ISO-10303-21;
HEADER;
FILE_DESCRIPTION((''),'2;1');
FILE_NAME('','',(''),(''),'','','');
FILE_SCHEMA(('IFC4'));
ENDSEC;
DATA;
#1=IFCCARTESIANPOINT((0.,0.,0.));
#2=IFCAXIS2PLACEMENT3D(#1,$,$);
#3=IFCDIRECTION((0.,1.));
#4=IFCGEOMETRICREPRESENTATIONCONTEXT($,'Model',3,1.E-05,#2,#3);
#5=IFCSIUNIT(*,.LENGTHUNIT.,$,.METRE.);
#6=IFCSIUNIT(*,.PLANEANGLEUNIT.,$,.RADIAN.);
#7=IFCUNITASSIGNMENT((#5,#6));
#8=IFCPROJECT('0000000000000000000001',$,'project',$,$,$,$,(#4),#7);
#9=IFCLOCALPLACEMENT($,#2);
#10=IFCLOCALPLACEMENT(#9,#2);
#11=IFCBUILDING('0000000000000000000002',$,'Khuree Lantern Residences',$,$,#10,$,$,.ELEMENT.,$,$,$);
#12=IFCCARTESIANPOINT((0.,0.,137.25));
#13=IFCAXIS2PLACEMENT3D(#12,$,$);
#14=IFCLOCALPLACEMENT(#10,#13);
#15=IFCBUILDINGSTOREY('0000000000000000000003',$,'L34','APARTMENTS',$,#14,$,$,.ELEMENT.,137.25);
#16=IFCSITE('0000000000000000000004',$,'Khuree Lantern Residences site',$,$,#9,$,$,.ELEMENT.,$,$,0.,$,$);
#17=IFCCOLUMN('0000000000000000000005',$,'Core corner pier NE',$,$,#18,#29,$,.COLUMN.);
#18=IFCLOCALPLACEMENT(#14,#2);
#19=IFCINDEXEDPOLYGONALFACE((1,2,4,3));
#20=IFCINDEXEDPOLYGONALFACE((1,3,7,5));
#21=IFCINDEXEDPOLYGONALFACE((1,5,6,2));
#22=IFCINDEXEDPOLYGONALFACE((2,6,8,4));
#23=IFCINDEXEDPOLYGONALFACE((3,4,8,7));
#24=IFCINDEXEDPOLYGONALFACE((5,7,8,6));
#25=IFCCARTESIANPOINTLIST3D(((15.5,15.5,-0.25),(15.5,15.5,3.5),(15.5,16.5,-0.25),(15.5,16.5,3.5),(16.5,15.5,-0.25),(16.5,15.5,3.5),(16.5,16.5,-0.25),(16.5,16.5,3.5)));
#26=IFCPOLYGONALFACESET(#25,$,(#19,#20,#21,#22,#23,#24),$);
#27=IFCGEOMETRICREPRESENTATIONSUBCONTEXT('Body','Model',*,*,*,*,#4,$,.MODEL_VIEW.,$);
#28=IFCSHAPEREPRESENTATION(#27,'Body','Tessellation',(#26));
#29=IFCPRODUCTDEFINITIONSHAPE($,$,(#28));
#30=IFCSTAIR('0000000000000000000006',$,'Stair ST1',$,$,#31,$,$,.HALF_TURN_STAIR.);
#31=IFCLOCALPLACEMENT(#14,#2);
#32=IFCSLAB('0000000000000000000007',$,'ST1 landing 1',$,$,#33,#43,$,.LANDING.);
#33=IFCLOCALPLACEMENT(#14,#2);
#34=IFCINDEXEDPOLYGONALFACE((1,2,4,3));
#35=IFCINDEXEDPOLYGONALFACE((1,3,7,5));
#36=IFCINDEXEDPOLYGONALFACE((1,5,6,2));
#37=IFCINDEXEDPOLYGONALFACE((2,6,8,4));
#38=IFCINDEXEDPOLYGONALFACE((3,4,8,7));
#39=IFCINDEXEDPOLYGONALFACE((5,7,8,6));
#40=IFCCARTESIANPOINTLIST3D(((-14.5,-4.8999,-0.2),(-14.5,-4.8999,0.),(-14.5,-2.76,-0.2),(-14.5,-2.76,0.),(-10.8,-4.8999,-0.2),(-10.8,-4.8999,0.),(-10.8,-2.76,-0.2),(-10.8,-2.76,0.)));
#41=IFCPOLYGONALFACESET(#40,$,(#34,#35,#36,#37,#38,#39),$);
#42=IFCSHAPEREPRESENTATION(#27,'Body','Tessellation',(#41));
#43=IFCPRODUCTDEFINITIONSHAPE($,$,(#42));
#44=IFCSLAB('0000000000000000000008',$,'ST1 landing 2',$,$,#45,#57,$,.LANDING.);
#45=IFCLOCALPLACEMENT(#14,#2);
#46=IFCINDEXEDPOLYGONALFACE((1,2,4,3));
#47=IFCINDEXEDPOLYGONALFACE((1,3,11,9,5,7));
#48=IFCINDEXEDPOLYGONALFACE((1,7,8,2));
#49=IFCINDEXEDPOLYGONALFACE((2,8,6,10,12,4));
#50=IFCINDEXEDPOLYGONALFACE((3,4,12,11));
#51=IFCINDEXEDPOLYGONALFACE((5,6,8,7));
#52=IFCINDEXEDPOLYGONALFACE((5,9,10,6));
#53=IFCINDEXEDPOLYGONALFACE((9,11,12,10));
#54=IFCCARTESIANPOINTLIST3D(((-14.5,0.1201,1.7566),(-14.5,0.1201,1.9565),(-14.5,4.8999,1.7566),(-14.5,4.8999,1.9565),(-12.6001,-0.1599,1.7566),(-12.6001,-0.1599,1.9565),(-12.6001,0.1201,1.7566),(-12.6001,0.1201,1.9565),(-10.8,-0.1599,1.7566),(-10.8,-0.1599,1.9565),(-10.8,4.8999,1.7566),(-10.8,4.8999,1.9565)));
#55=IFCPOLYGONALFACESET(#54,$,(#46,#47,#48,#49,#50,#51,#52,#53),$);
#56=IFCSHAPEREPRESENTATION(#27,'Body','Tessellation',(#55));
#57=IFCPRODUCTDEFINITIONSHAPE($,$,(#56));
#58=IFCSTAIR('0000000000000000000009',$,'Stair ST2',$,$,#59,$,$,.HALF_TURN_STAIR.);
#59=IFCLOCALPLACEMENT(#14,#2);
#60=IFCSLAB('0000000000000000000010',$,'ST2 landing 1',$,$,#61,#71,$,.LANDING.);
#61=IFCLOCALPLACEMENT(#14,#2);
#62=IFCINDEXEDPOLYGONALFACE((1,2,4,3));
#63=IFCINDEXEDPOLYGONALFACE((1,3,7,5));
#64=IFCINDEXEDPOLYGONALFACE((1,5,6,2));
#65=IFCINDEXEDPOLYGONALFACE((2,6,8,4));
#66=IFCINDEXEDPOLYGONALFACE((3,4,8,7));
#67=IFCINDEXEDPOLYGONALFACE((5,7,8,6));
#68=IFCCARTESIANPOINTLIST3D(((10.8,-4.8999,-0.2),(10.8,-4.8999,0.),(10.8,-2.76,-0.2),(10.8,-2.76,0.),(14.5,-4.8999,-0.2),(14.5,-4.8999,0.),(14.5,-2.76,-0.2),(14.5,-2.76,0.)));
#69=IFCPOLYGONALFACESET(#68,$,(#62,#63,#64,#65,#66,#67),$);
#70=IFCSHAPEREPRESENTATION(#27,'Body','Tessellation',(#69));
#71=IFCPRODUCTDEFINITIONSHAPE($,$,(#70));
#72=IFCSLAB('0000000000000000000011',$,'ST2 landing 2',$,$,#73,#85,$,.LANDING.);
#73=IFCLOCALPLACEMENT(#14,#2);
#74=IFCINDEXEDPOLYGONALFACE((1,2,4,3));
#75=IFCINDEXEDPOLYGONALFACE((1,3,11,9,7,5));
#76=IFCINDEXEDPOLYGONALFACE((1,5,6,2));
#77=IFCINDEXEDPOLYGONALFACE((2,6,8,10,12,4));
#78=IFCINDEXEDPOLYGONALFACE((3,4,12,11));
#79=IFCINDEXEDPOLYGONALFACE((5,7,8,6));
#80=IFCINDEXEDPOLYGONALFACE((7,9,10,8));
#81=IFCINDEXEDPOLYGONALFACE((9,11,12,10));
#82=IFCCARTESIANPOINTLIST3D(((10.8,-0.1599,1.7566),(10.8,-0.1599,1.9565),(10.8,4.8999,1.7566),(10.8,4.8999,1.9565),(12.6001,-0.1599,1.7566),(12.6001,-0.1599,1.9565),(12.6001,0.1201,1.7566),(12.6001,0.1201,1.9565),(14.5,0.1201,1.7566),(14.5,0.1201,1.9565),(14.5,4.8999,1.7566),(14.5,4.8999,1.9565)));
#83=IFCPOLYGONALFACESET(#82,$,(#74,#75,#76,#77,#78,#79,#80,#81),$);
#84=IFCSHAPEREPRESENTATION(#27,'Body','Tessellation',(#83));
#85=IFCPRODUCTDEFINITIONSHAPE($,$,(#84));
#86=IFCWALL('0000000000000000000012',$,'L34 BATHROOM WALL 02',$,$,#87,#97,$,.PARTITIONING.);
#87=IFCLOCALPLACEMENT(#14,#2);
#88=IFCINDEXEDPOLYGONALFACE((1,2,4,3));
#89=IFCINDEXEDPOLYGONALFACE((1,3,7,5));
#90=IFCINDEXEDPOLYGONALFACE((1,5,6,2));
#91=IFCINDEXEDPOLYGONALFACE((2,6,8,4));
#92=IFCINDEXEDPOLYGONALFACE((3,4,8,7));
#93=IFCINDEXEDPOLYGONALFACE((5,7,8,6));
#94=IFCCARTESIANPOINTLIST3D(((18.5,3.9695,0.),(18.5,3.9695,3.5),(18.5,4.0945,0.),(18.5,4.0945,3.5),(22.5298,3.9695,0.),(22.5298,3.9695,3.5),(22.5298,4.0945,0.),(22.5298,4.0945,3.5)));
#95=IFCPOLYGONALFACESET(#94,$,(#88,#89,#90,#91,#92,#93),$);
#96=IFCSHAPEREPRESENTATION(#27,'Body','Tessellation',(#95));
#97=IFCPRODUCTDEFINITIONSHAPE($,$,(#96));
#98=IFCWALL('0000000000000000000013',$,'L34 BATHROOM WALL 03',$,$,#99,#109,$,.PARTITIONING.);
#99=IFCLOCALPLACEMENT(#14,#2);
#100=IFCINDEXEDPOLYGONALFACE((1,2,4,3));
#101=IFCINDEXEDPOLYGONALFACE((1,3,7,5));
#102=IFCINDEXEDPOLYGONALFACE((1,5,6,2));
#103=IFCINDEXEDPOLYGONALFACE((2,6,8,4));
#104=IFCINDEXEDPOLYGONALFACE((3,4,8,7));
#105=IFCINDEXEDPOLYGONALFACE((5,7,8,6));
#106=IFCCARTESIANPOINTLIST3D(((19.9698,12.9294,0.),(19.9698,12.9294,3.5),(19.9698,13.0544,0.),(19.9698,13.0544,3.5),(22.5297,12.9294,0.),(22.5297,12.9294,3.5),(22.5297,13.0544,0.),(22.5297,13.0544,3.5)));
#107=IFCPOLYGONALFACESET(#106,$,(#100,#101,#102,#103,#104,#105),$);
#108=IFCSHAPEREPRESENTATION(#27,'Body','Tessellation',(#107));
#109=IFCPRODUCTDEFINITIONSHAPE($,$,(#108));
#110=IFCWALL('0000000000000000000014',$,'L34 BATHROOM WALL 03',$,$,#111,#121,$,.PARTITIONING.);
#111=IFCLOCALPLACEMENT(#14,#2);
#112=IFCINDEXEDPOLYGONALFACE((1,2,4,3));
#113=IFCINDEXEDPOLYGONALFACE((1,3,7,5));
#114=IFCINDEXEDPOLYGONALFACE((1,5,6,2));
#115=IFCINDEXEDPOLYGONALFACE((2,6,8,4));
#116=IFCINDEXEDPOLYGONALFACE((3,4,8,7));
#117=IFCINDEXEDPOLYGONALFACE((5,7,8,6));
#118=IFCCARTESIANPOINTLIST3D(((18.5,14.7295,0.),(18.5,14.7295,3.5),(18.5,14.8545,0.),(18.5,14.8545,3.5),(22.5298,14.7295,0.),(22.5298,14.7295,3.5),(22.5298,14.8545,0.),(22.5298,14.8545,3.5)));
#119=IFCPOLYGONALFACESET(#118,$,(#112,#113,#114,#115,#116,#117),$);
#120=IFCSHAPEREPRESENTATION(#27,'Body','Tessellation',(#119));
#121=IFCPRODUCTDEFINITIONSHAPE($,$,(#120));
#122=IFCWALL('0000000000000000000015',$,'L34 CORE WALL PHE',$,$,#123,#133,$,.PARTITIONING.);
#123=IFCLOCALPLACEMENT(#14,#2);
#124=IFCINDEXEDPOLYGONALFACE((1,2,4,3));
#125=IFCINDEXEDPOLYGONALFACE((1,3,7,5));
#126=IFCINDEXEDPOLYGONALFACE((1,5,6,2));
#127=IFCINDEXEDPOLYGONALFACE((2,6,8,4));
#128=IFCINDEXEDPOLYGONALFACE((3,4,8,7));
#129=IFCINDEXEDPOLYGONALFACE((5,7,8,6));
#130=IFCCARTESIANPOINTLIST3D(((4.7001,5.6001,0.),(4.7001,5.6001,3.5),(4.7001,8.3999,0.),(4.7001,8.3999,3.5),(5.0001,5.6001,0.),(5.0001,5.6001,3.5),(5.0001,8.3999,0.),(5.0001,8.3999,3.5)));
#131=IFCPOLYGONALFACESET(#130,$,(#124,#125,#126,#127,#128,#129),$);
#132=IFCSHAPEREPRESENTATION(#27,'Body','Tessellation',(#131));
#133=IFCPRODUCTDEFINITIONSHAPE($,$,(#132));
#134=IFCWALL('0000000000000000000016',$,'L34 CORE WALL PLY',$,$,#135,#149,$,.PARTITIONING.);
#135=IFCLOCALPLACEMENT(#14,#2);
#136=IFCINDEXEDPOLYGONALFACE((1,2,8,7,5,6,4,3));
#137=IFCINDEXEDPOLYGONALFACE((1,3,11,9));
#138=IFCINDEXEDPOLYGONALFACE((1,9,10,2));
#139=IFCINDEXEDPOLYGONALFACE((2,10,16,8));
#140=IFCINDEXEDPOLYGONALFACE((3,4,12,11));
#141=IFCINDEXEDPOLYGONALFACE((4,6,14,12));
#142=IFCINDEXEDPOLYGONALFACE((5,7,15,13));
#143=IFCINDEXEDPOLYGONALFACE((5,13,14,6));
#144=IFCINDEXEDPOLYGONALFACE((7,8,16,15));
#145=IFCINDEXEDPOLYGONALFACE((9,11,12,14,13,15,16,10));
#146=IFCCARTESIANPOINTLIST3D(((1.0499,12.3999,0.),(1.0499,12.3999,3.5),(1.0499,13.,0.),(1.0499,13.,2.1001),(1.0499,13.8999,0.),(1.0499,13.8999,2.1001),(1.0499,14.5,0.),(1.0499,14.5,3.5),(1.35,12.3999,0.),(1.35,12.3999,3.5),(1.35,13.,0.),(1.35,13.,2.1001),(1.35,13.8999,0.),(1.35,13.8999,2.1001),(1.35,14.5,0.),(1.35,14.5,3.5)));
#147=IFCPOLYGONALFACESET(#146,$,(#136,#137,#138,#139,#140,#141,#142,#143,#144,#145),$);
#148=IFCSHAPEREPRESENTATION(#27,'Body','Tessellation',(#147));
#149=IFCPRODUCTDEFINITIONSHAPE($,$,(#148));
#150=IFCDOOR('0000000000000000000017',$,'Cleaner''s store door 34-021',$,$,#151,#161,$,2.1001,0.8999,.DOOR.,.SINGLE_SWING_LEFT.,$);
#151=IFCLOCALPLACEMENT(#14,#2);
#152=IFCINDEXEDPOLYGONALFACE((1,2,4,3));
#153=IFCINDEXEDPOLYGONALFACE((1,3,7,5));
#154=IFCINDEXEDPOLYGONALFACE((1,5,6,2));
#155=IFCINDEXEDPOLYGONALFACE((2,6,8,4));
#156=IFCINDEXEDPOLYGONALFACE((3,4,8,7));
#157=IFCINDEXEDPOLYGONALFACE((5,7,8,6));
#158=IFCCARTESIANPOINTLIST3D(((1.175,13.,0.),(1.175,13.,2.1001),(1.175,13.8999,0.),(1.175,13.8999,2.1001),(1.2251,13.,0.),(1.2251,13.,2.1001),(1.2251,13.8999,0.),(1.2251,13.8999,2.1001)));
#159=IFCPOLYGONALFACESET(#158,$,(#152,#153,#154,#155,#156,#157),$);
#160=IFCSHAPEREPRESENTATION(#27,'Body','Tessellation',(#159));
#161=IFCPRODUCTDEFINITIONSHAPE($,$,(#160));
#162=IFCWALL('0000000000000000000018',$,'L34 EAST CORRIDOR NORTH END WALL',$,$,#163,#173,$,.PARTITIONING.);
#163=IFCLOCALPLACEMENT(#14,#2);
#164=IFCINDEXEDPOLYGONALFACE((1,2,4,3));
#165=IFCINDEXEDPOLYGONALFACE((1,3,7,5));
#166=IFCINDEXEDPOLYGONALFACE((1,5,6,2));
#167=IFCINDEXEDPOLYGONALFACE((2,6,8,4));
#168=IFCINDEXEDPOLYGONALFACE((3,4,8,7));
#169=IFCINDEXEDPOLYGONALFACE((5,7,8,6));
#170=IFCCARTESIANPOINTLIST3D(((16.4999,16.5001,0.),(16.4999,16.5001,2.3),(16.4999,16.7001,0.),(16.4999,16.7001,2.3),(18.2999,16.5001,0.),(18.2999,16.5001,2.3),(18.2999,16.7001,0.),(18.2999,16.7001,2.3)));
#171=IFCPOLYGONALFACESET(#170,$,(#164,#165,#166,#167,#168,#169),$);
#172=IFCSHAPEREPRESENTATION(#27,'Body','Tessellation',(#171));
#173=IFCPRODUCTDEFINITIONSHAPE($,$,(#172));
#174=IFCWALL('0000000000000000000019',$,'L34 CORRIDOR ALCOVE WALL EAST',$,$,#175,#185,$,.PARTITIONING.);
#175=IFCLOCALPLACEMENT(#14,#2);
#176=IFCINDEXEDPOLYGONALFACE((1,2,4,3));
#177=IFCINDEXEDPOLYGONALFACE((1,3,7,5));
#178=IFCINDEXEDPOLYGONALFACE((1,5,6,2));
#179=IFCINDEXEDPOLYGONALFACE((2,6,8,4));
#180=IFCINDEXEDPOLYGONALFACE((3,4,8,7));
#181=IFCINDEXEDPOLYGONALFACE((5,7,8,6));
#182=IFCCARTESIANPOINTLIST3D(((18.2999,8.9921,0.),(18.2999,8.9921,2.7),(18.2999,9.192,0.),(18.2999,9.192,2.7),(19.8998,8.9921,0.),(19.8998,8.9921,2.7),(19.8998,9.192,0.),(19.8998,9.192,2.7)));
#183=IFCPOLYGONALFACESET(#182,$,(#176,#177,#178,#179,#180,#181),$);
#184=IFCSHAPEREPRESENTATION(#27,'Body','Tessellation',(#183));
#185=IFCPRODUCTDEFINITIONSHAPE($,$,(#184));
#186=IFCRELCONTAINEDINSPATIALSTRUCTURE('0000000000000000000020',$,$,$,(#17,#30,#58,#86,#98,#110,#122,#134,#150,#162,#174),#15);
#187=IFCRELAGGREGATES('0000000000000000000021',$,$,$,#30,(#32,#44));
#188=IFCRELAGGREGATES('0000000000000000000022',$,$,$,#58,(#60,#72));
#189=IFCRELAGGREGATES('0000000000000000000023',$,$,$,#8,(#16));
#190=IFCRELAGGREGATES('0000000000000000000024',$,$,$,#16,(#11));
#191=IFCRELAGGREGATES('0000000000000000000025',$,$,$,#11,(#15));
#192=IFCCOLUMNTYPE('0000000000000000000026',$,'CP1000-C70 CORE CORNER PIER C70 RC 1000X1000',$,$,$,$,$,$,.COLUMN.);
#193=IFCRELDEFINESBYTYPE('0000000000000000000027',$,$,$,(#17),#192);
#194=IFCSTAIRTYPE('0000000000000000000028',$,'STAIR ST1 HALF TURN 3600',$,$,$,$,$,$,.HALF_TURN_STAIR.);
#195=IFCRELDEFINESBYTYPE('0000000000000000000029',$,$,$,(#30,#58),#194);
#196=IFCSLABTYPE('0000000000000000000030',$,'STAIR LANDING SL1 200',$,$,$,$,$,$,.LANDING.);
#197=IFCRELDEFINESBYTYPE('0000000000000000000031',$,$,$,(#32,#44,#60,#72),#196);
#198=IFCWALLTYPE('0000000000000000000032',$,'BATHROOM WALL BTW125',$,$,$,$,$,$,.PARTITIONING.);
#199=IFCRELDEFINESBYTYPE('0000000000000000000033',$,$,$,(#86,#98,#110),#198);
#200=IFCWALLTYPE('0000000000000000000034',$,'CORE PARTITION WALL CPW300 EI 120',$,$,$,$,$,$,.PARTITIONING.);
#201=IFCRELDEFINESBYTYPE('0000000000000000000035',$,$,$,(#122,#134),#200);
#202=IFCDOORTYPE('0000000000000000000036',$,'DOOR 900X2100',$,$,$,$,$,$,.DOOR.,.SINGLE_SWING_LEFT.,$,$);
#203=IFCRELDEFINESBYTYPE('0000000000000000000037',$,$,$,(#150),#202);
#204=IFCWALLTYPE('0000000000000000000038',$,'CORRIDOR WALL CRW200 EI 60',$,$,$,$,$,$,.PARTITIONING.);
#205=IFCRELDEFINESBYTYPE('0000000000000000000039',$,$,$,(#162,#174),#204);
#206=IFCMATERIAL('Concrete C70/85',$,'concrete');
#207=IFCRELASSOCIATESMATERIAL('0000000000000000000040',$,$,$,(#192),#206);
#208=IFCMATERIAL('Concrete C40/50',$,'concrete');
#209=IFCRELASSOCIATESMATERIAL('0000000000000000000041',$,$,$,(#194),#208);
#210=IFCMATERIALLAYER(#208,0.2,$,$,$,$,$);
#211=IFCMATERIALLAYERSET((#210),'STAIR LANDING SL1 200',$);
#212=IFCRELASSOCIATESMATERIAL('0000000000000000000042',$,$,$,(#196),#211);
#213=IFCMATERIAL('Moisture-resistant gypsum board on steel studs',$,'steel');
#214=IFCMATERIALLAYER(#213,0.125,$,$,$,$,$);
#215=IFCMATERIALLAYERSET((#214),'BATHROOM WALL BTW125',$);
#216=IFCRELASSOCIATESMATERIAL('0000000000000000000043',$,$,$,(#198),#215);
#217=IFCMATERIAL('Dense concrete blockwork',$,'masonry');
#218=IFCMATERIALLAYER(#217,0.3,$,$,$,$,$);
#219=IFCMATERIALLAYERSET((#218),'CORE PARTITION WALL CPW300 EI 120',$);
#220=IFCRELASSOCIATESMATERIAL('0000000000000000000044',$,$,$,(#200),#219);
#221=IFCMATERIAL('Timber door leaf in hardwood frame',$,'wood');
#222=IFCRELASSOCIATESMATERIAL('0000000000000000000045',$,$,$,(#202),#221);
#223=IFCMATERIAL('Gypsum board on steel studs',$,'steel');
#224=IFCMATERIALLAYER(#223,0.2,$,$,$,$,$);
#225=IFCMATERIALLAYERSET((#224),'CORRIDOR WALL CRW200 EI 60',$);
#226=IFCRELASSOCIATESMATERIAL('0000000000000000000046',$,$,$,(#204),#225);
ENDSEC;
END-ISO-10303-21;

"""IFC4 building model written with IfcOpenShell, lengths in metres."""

from ifc_helpers import new_model, si_unit, direction, frame, frame_2d, origin, origin_2d, place, context, subcontext, project, spatial, polyline, rectangle, outline, extrude, material, layer, layer_set, material_profile, profile_set, type_object, element, fill, aggregate, save


model = new_model("IFC4")

# Units and contexts
model_context = context("Model", 3, precision=1e-05, world=origin(), true_north=direction((0.0, 1.0)))
body_context = subcontext(model_context, "Body", "Model", "MODEL_VIEW")
ifc_project = project(units=[si_unit("LENGTHUNIT", "METRE"), si_unit("PLANEANGLEUNIT", "RADIAN")], contexts=[model_context])

# Site, building, storey
site_placement = place(None, origin())
site = spatial("IfcSite", under=ifc_project, at=site_placement, Name="Khuree Lantern Residences site", CompositionType="ELEMENT", RefElevation=0.0)
building_placement = place(site_placement, origin())
building = spatial("IfcBuilding", under=site, at=building_placement, Name="Khuree Lantern Residences", CompositionType="ELEMENT")
storey_placement = place(building_placement, frame((0.0, 0.0, 137.25)))
storey = spatial("IfcBuildingStorey", under=building, at=storey_placement, Name="L34", Description="APARTMENTS", CompositionType="ELEMENT", Elevation=137.25)

# Column
ifc_material_1 = material(Name="Concrete C70/85", Category="concrete")
ifc_material_profile = material_profile(ifc_material_1, rectangle(XDim=1.0, YDim=1.0, at=origin_2d()), Name="RC 1000X1000")
ifc_profile_set = profile_set([ifc_material_profile], Name="Concrete C70/85")
column_type = type_object("IfcColumnType", Name="CP1000-C70 CORE CORNER PIER C70 RC 1000X1000", PredefinedType="COLUMN", material=ifc_profile_set)
column_placement = place(storey_placement, frame((16.0, 16.0, -0.25), z_axis=(0.0, 0.0, 1.0), x_axis=(1.0, 0.0, 0.0)))
element("IfcColumn", 1, at=column_placement, inside=storey, type_object=column_type, Name="Core corner pier NE", PredefinedType="COLUMN", context=body_context, shape_type="SweptSolid", body=[
    extrude(rectangle(XDim=1.0, YDim=1.0, at=origin_2d()), origin(), (0.0, 0.0, 1.0), 3.75),
])

# Stairs, slabs
ifc_material_2 = material(Name="Concrete C40/50", Category="concrete")
stair_type = type_object("IfcStairType", Name="STAIR ST1 HALF TURN 3600", PredefinedType="HALF_TURN_STAIR", material=ifc_material_2)
stair_1_placement = place(storey_placement, origin())
stair_1 = element("IfcStair", 2, at=stair_1_placement, inside=storey, type_object=stair_type, Name="Stair ST1", PredefinedType="HALF_TURN_STAIR")
ifc_layer_1 = layer(ifc_material_2, 0.2)
ifc_layer_set_1 = layer_set([ifc_layer_1], Name="STAIR LANDING SL1 200")
slab_type = type_object("IfcSlabType", Name="STAIR LANDING SL1 200", PredefinedType="LANDING", material=ifc_layer_set_1)
slab_1_placement = place(storey_placement, frame((0.0, 0.0, -0.2)))
slab_1 = element("IfcSlab", 3, at=slab_1_placement, type_object=slab_type, Name="ST1 landing 1", PredefinedType="LANDING", context=body_context, shape_type="SweptSolid", body=[
    extrude(outline(polyline([(-14.5, -4.8999), (-10.8, -4.8999), (-10.8, -2.76), (-14.5, -2.76), (-14.5, -4.8999)])), origin(), (0.0, 0.0, 1.0), 0.2),
])
slab_2_placement = place(storey_placement, frame((0.0, 0.0, 1.7566)))
slab_2 = element("IfcSlab", 4, at=slab_2_placement, type_object=slab_type, Name="ST1 landing 2", PredefinedType="LANDING", context=body_context, shape_type="SweptSolid", body=[
    extrude(outline(polyline([(-14.5, 0.1201), (-14.5, 4.8999), (-10.8, 4.8999), (-10.8, -0.1599), (-12.6001, -0.1599), (-12.6001, 0.1201), (-14.5, 0.1201)])), origin(), (0.0, 0.0, 1.0), 0.2),
])
aggregate(stair_1, [slab_1, slab_2])
stair_2_placement = place(storey_placement, origin())
stair_2 = element("IfcStair", 5, at=stair_2_placement, inside=storey, type_object=stair_type, Name="Stair ST2", PredefinedType="HALF_TURN_STAIR")
slab_3_placement = place(storey_placement, frame((0.0, 0.0, -0.2)))
slab_3 = element("IfcSlab", 6, at=slab_3_placement, type_object=slab_type, Name="ST2 landing 1", PredefinedType="LANDING", context=body_context, shape_type="SweptSolid", body=[
    extrude(outline(polyline([(10.8, -4.8999), (14.5, -4.8999), (14.5, -2.76), (10.8, -2.76), (10.8, -4.8999)])), origin(), (0.0, 0.0, 1.0), 0.2),
])
slab_4_placement = place(storey_placement, frame((0.0, 0.0, 1.7566)))
slab_4 = element("IfcSlab", 7, at=slab_4_placement, type_object=slab_type, Name="ST2 landing 2", PredefinedType="LANDING", context=body_context, shape_type="SweptSolid", body=[
    extrude(outline(polyline([(14.5, 4.8999), (14.5, 0.1201), (12.6001, 0.1201), (12.6001, -0.1599), (10.8, -0.1599), (10.8, 4.8999), (14.5, 4.8999)])), origin(), (0.0, 0.0, 1.0), 0.2),
])

# Walls
ifc_material_3 = material(Name="Moisture-resistant gypsum board on steel studs", Category="steel")
ifc_layer_2 = layer(ifc_material_3, 0.125)
ifc_layer_set_2 = layer_set([ifc_layer_2], Name="BATHROOM WALL BTW125")
wall_type_1 = type_object("IfcWallType", Name="BATHROOM WALL BTW125", PredefinedType="PARTITIONING", material=ifc_layer_set_2)
wall_1_placement = place(storey_placement, frame((18.5, 4.032, 0.0), z_axis=(0.0, 0.0, 1.0), x_axis=(1.0, 0.0, 0.0)))
element("IfcWall", 8, at=wall_1_placement, inside=storey, type_object=wall_type_1, Name="L34 BATHROOM WALL 02", PredefinedType="PARTITIONING", context=body_context, shape_type="SweptSolid", body=[
    extrude(rectangle(XDim=4.0298, YDim=0.125, at=frame_2d((2.0149, 0.0))), origin(), (0.0, 0.0, 1.0), 3.5),
])
wall_2_placement = place(storey_placement, frame((19.97, 12.9919, 0.0), z_axis=(0.0, 0.0, 1.0), x_axis=(1.0, 0.0, 0.0)))
element("IfcWall", 9, at=wall_2_placement, inside=storey, type_object=wall_type_1, Name="L34 BATHROOM WALL 03", PredefinedType="PARTITIONING", context=body_context, shape_type="SweptSolid", body=[
    extrude(rectangle(XDim=2.5598, YDim=0.125, at=frame_2d((1.2798, 0.0))), origin(), (0.0, 0.0, 1.0), 3.5),
])
wall_3_placement = place(storey_placement, frame((18.5, 14.792, 0.0), z_axis=(0.0, 0.0, 1.0), x_axis=(1.0, 0.0, 0.0)))
element("IfcWall", 10, at=wall_3_placement, inside=storey, type_object=wall_type_1, Name="L34 BATHROOM WALL 03", PredefinedType="PARTITIONING", context=body_context, shape_type="SweptSolid", body=[
    extrude(rectangle(XDim=4.0298, YDim=0.125, at=frame_2d((2.0149, 0.0))), origin(), (0.0, 0.0, 1.0), 3.5),
])
ifc_material_4 = material(Name="Dense concrete blockwork", Category="masonry")
ifc_layer_3 = layer(ifc_material_4, 0.3)
ifc_layer_set_3 = layer_set([ifc_layer_3], Name="CORE PARTITION WALL CPW300 EI 120")
wall_type_2 = type_object("IfcWallType", Name="CORE PARTITION WALL CPW300 EI 120", PredefinedType="PARTITIONING", material=ifc_layer_set_3)
wall_4_placement = place(storey_placement, frame((4.8501, 5.6001, 0.0), z_axis=(0.0, 0.0, 1.0), x_axis=(0.0, 1.0, 0.0)))
element("IfcWall", 11, at=wall_4_placement, inside=storey, type_object=wall_type_2, Name="L34 CORE WALL PHE", PredefinedType="PARTITIONING", context=body_context, shape_type="SweptSolid", body=[
    extrude(rectangle(XDim=2.7998, YDim=0.3, at=frame_2d((1.3999, 0.0))), origin(), (0.0, 0.0, 1.0), 3.5),
])

# Wall, opening, door
wall_5_placement = place(storey_placement, frame((1.2, 12.3999, 0.0), z_axis=(0.0, 0.0, 1.0), x_axis=(0.0, 1.0, 0.0)))
wall_5 = element("IfcWall", 12, at=wall_5_placement, inside=storey, type_object=wall_type_2, Name="L34 CORE WALL PLY", PredefinedType="PARTITIONING", context=body_context, shape_type="SweptSolid", body=[
    extrude(rectangle(XDim=2.1001, YDim=0.3, at=frame_2d((1.05, 0.0))), origin(), (0.0, 0.0, 1.0), 3.5),
])
opening_1_placement = place(wall_5_placement, frame((0.6001, 0.0, 0.0)))
opening_1 = element("IfcOpeningElement", 13, at=opening_1_placement, cuts=wall_5, PredefinedType="OPENING", context=body_context, shape_type="SweptSolid", body=[
    extrude(rectangle(XDim=0.8999, YDim=2.1001, at=frame_2d((0.45, 1.05))), frame((0.0, 0.1602, 0.0), z_axis=(0.0, -1.0, 0.0), x_axis=(1.0, 0.0, 0.0)), (0.0, 0.0, 1.0), 0.3201),
])
ifc_material_5 = material(Name="Timber door leaf in hardwood frame", Category="wood")
door_type_1 = type_object("IfcDoorType", Name="DOOR 900X2100", OperationType="SINGLE_SWING_LEFT", PredefinedType="DOOR", material=ifc_material_5)
door_1_placement = place(opening_1_placement, origin())
door_1 = element("IfcDoor", 14, at=door_1_placement, inside=storey, type_object=door_type_1, Name="Cleaner's store door 34-021", OperationType="SINGLE_SWING_LEFT", OverallHeight=2.1001, OverallWidth=0.8999, PredefinedType="DOOR", context=body_context, shape_type="SweptSolid", body=[
    extrude(rectangle(XDim=0.8999, YDim=2.1001, at=frame_2d((0.45, 1.05))), frame((0.0, 0.0249, 0.0), z_axis=(0.0, -1.0, 0.0), x_axis=(1.0, 0.0, 0.0)), (0.0, 0.0, 1.0), 0.05),
])
fill(opening_1, door_1)

# Walls
ifc_material_6 = material(Name="Gypsum board on steel studs", Category="steel")
ifc_layer_4 = layer(ifc_material_6, 0.2)
ifc_layer_set_4 = layer_set([ifc_layer_4], Name="CORRIDOR WALL CRW200 EI 60")
wall_type_3 = type_object("IfcWallType", Name="CORRIDOR WALL CRW200 EI 60", PredefinedType="PARTITIONING", material=ifc_layer_set_4)
wall_6_placement = place(storey_placement, frame((16.5, 16.6001, 0.0), z_axis=(0.0, 0.0, 1.0), x_axis=(1.0, 0.0, 0.0)))
element("IfcWall", 15, at=wall_6_placement, inside=storey, type_object=wall_type_3, Name="L34 EAST CORRIDOR NORTH END WALL", PredefinedType="PARTITIONING", context=body_context, shape_type="SweptSolid", body=[
    extrude(rectangle(XDim=1.8, YDim=0.2, at=frame_2d((0.8999, 0.0))), origin(), (0.0, 0.0, 1.0), 2.3),
])
wall_7_placement = place(storey_placement, frame((18.3, 9.092, 0.0), z_axis=(0.0, 0.0, 1.0), x_axis=(1.0, 0.0, 0.0)))
element("IfcWall", 16, at=wall_7_placement, inside=storey, type_object=wall_type_3, Name="L34 CORRIDOR ALCOVE WALL EAST", PredefinedType="PARTITIONING", context=body_context, shape_type="SweptSolid", body=[
    extrude(rectangle(XDim=1.5999, YDim=0.2, at=frame_2d((0.7998, 0.0))), origin(), (0.0, 0.0, 1.0), 2.7),
])

aggregate(stair_2, [slab_3, slab_4])

save(model, "model.ifc")
